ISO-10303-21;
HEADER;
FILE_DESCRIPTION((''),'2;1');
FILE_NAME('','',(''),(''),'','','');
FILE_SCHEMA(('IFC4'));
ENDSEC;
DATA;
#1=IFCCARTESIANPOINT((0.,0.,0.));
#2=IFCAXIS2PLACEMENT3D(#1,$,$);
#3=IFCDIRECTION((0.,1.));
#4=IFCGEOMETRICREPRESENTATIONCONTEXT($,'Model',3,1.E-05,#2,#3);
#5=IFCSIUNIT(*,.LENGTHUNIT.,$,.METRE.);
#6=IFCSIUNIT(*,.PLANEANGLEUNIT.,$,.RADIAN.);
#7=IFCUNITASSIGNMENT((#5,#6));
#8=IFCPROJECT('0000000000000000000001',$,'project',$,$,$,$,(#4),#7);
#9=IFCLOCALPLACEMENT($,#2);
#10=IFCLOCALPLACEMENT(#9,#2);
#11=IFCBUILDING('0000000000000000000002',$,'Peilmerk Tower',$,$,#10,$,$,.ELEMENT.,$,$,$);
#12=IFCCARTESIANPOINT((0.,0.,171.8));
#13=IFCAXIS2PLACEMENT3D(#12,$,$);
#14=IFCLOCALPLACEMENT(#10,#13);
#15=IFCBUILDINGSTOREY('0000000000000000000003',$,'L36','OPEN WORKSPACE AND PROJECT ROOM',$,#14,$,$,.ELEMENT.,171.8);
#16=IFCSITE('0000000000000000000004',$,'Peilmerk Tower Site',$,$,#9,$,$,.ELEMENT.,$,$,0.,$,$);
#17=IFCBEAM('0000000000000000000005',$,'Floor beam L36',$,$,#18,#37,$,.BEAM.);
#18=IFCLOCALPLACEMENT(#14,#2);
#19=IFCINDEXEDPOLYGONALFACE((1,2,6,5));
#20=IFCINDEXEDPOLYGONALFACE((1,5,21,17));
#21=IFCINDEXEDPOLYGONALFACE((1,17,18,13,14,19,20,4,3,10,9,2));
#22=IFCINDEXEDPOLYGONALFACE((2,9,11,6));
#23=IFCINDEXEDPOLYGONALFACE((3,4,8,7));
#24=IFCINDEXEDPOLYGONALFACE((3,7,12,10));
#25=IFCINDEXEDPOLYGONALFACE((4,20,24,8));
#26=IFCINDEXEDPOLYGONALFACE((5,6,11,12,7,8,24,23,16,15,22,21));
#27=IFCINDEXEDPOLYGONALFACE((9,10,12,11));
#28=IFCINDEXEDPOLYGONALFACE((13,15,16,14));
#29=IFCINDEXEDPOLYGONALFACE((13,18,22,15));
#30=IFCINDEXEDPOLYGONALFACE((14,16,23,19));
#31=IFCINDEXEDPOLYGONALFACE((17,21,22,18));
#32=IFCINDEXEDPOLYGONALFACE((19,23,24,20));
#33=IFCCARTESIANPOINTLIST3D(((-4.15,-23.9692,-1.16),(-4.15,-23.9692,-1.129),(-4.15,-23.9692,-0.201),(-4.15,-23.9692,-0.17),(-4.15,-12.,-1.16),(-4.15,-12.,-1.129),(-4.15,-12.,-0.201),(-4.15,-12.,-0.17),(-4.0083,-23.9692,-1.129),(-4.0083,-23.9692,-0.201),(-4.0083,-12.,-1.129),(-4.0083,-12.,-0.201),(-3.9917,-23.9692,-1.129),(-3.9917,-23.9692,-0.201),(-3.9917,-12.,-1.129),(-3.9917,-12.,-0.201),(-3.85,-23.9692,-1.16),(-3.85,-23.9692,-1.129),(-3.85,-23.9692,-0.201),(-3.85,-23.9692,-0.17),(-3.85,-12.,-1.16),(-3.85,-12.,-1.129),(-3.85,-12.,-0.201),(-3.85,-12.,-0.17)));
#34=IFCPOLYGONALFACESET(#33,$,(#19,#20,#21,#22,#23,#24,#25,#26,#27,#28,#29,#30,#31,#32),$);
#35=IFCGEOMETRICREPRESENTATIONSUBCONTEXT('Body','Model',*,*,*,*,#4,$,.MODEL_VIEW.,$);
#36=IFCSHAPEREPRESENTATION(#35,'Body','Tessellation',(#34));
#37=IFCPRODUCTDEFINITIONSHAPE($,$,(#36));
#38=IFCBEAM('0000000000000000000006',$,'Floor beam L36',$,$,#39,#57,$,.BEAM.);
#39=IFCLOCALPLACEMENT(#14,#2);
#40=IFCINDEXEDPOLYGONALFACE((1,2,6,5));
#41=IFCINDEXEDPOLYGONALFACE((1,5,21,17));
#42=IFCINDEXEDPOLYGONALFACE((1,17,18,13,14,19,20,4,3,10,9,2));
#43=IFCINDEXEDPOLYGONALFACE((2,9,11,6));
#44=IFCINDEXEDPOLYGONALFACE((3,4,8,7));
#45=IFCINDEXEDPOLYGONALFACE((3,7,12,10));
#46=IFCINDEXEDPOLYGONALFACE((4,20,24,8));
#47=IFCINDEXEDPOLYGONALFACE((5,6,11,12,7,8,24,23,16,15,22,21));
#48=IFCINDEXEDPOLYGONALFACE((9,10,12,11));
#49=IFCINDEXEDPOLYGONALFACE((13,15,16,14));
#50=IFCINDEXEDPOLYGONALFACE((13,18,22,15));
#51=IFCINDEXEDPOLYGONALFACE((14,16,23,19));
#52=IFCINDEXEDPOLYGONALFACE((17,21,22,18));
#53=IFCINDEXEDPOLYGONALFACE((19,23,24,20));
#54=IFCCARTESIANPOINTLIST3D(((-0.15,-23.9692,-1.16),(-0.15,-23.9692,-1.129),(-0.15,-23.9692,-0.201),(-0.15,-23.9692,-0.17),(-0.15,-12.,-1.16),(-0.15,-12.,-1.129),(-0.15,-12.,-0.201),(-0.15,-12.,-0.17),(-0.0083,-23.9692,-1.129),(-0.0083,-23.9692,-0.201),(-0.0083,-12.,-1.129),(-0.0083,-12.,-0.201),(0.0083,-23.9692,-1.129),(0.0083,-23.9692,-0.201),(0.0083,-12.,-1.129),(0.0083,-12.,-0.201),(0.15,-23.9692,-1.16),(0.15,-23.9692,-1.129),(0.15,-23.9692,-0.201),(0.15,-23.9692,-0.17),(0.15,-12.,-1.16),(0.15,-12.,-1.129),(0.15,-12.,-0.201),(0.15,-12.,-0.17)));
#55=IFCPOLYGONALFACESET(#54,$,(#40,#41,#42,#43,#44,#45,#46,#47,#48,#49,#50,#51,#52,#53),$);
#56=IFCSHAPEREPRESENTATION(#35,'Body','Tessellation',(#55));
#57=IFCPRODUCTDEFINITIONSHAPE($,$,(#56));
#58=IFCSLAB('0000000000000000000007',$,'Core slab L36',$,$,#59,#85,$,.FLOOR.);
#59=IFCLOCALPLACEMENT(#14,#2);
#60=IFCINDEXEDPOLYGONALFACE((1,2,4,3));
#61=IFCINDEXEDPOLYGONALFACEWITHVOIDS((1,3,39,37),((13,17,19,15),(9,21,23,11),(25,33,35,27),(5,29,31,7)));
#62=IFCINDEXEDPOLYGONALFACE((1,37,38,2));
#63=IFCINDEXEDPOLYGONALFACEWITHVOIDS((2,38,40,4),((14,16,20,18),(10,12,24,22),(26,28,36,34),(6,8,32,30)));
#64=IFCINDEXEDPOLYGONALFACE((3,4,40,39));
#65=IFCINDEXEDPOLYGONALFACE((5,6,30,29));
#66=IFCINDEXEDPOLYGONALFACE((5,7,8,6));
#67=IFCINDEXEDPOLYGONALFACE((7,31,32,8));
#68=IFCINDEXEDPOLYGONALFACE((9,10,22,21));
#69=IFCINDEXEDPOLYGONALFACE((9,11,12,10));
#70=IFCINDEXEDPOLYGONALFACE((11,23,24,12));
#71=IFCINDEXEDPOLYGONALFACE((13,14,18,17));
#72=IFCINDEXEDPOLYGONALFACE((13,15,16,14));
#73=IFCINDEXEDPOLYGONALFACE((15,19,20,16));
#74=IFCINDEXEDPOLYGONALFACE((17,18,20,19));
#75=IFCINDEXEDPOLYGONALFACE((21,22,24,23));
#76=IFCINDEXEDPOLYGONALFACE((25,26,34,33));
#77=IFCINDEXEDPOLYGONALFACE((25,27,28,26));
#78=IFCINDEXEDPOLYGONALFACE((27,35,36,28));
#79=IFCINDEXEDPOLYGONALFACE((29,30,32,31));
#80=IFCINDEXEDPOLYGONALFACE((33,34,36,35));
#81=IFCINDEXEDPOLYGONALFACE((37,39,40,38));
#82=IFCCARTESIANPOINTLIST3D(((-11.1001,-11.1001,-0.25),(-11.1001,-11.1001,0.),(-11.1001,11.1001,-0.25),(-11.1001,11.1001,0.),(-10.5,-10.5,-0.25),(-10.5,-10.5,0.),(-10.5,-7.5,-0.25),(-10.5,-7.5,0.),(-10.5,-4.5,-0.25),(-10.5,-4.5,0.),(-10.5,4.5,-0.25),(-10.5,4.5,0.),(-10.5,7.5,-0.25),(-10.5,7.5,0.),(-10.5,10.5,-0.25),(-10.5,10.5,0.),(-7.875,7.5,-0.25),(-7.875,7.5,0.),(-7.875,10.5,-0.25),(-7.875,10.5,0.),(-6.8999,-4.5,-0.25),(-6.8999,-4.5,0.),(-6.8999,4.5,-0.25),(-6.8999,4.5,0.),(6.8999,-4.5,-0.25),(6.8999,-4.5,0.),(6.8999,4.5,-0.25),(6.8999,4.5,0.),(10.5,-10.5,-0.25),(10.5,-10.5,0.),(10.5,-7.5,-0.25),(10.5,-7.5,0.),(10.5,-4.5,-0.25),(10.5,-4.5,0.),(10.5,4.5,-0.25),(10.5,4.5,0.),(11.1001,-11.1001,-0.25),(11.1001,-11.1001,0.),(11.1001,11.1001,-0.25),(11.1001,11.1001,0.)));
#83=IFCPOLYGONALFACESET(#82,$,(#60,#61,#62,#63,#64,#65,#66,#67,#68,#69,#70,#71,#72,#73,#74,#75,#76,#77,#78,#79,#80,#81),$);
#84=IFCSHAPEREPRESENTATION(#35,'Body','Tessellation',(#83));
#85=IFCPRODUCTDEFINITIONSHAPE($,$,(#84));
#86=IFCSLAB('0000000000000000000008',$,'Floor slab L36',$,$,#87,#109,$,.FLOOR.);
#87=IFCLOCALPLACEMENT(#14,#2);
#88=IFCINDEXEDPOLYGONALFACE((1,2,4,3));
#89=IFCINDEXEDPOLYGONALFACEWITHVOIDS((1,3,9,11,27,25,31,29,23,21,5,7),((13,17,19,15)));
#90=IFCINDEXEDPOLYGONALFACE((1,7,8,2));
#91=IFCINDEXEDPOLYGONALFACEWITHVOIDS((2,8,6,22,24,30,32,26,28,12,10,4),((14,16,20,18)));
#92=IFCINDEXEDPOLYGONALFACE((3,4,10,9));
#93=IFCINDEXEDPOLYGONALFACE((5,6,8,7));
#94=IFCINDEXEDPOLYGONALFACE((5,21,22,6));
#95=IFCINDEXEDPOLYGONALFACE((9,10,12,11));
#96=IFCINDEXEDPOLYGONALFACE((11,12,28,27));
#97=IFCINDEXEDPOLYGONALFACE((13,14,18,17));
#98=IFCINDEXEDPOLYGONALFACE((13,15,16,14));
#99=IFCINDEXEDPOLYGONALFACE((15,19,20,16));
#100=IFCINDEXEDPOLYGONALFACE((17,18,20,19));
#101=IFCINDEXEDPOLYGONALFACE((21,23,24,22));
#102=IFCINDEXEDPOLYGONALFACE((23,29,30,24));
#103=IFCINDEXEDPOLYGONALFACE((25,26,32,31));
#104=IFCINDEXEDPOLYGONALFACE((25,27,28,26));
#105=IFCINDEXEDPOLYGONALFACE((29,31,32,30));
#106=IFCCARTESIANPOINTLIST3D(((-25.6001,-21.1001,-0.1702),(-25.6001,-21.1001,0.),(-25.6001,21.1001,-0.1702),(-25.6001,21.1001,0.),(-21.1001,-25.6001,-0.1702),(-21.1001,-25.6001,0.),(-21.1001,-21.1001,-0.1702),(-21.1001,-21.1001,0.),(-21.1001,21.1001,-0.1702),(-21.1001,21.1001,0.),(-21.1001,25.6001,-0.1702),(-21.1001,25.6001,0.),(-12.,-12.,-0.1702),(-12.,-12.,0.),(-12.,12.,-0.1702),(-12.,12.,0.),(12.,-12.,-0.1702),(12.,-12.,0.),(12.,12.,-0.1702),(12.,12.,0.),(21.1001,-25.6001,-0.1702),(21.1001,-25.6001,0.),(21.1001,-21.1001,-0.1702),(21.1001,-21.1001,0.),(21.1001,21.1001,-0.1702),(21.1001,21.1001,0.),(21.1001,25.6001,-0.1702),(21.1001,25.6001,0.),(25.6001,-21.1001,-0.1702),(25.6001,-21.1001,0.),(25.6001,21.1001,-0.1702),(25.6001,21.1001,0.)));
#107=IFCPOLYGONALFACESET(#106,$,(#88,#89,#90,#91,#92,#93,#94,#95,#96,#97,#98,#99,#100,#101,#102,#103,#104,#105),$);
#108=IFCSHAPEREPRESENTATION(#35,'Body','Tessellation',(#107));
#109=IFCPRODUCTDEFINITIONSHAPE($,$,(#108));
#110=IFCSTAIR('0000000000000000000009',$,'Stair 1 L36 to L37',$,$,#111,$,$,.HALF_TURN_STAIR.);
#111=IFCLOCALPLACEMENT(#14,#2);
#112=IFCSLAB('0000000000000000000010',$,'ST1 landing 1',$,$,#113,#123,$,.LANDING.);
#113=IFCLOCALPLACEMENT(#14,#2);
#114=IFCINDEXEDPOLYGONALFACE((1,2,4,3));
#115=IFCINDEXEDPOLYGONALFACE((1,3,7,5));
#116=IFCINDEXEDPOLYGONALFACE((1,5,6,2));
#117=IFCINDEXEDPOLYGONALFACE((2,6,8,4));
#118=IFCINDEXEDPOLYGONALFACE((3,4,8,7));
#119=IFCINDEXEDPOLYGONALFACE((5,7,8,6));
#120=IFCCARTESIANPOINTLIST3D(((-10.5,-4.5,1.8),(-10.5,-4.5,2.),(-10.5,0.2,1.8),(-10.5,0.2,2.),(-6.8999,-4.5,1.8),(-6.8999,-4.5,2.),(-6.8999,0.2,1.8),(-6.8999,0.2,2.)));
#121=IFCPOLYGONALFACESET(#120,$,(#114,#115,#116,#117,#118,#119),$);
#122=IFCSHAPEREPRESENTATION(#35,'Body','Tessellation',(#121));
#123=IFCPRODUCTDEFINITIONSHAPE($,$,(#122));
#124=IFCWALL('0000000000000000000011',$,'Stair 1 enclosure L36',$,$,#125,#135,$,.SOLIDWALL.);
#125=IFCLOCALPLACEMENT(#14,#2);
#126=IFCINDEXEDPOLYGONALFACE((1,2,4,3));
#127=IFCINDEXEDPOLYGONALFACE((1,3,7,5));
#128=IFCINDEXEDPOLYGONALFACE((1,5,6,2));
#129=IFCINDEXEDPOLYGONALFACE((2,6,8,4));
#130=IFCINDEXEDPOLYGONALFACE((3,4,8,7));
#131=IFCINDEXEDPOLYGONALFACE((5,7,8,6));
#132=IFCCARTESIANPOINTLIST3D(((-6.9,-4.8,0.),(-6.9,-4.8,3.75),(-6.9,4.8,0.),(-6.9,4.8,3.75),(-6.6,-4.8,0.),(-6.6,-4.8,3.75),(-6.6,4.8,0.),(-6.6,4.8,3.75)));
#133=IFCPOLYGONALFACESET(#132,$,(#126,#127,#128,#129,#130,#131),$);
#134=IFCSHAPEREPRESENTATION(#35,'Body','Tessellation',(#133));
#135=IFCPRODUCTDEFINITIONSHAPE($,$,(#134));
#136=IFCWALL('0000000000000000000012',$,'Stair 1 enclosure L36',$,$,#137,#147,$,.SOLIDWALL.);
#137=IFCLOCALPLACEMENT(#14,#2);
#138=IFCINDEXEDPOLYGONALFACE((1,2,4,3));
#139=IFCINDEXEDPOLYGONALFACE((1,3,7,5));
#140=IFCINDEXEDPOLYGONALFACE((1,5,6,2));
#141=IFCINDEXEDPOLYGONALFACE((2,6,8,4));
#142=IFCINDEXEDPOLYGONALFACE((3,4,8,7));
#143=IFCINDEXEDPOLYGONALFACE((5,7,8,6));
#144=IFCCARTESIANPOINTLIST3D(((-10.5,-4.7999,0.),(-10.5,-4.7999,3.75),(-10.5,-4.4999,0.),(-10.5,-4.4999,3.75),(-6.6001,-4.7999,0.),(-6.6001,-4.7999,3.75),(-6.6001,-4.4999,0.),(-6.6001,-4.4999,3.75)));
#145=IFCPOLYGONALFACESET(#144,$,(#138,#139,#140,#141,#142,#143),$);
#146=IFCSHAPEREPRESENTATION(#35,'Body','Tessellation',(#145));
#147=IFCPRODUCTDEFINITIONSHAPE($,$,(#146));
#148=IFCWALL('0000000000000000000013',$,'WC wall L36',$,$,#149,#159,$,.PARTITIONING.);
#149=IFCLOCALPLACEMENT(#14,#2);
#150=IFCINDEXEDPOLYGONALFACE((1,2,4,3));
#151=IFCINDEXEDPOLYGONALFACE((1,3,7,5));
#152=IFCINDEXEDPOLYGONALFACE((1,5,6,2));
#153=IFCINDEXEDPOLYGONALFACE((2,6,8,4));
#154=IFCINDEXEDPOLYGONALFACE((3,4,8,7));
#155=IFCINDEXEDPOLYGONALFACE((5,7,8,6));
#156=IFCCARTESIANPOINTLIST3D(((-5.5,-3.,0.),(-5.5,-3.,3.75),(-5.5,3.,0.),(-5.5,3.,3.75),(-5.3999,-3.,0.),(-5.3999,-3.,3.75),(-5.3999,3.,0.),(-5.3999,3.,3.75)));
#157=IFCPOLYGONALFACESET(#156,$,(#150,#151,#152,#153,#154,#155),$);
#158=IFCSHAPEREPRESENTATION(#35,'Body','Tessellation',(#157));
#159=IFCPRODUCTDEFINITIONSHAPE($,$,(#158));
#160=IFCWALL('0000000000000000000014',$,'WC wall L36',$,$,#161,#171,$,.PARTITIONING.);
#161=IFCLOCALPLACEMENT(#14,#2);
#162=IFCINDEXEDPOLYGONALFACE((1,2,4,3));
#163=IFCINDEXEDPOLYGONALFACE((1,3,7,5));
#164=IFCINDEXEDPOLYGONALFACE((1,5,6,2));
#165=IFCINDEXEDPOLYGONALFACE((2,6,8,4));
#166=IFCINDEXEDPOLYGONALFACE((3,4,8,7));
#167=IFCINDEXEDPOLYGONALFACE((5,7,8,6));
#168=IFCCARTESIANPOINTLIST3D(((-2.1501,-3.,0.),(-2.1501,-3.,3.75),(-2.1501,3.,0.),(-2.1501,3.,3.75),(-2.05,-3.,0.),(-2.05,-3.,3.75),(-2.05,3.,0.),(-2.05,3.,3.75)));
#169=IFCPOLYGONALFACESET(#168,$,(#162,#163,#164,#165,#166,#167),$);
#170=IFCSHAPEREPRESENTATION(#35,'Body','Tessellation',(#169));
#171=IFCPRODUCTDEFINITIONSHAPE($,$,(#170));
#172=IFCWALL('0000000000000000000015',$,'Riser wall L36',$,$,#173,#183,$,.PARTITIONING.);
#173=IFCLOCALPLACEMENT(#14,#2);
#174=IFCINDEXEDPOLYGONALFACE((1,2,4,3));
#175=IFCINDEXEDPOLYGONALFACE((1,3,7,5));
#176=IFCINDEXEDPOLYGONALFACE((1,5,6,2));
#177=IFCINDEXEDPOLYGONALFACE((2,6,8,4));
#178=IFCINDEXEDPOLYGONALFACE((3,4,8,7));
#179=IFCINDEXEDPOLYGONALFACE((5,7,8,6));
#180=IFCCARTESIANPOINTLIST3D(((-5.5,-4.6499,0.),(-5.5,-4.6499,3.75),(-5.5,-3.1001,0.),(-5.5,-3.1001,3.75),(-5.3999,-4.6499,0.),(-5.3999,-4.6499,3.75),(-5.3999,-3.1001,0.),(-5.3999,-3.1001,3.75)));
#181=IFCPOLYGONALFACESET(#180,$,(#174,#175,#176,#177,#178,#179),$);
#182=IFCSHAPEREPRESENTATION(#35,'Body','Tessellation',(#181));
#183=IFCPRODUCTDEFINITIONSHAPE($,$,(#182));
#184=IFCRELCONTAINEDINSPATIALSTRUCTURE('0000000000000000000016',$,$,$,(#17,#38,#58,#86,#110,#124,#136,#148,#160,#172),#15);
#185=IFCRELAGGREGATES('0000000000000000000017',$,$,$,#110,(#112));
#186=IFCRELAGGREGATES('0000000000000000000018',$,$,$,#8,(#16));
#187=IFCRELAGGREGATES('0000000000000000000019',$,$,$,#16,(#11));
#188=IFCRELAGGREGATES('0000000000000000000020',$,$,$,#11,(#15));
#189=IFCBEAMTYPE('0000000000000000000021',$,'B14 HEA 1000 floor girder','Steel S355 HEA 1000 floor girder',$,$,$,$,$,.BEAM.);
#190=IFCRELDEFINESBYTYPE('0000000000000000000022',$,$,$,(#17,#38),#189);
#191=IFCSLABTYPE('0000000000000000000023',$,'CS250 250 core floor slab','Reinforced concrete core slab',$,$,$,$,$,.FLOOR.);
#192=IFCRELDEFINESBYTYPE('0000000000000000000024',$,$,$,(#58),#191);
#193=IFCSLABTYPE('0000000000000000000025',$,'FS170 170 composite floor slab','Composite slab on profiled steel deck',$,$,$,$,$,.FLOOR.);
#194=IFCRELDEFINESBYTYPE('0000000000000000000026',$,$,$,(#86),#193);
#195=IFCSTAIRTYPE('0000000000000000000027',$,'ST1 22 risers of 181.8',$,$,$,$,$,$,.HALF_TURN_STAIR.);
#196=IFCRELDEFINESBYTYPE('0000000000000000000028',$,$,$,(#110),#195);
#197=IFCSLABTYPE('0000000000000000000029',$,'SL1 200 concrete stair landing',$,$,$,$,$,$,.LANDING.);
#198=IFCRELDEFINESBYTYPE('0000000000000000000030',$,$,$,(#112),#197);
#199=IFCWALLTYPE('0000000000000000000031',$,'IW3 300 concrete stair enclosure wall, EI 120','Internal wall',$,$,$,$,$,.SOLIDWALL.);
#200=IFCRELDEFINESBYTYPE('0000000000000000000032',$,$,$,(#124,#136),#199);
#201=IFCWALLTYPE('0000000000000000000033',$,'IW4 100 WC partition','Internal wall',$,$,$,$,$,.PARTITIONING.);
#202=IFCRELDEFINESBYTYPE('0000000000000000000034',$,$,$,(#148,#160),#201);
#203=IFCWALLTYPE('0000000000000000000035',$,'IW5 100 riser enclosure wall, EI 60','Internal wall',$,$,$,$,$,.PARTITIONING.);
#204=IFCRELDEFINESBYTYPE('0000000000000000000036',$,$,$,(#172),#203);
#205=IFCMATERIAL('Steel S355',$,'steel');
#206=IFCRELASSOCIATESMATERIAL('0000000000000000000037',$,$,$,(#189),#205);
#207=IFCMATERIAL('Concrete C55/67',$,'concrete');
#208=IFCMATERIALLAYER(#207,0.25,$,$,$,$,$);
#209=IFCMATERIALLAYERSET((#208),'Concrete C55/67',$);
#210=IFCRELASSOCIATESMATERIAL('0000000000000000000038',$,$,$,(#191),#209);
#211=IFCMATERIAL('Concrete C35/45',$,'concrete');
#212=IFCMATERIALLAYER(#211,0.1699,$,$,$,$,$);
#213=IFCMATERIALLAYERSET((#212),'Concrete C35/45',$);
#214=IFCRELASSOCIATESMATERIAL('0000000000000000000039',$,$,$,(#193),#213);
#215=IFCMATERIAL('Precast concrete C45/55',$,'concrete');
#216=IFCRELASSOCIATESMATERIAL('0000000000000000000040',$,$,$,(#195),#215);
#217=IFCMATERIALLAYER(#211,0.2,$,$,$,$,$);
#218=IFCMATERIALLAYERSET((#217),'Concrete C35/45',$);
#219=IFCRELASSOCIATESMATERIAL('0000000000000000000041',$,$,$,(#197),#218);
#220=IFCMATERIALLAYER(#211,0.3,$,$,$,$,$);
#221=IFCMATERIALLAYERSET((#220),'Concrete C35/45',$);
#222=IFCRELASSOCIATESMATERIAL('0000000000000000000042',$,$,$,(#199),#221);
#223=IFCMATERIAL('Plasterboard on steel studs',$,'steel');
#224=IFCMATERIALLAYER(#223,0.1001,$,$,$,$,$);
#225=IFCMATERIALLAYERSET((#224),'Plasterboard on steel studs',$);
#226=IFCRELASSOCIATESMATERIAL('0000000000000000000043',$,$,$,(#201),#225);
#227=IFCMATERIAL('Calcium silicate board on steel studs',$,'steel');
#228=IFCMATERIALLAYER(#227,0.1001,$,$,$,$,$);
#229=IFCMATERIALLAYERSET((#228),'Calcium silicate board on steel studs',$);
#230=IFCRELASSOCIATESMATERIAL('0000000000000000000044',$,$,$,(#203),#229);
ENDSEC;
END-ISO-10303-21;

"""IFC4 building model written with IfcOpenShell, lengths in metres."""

from ifc_helpers import new_model, si_unit, direction, frame, frame_2d, origin, origin_2d, place, context, subcontext, project, spatial, polyline, rectangle, i_section, outline, extrude, material, layer, layer_set, material_profile, profile_set, type_object, element, aggregate, save


model = new_model("IFC4")

# Units and contexts
model_context = context("Model", 3, precision=1e-05, world=origin(), true_north=direction((0.0, 1.0)))
body_context = subcontext(model_context, "Body", "Model", "MODEL_VIEW")
ifc_project = project(units=[si_unit("LENGTHUNIT", "METRE"), si_unit("PLANEANGLEUNIT", "RADIAN")], contexts=[model_context])

# Site, building, storey
site_placement = place(None, origin())
site = spatial("IfcSite", under=ifc_project, at=site_placement, Name="Peilmerk Tower Site", CompositionType="ELEMENT", RefElevation=0.0)
building_placement = place(site_placement, origin())
building = spatial("IfcBuilding", under=site, at=building_placement, Name="Peilmerk Tower", CompositionType="ELEMENT")
storey_placement = place(building_placement, frame((0.0, 0.0, 171.8)))
storey = spatial("IfcBuildingStorey", under=building, at=storey_placement, Name="L36", Description="OPEN WORKSPACE AND PROJECT ROOM", CompositionType="ELEMENT", Elevation=171.8)

# Beams
ifc_material_1 = material(Name="Steel S355", Category="steel")
ifc_material_profile = material_profile(ifc_material_1, i_section(OverallWidth=0.3, OverallDepth=0.99, WebThickness=0.0166, FlangeThickness=0.031, at=origin_2d()), Name="HEA 1000")
ifc_profile_set = profile_set([ifc_material_profile], Name="Steel S355")
beam_type = type_object("IfcBeamType", Name="B14 HEA 1000 floor girder", Description="Steel S355 HEA 1000 floor girder", PredefinedType="BEAM", material=ifc_profile_set)
for number, where, z_axis, x_axis, name in (
    (1, (-4.0, -12.0, -0.665), (0.0, -1.0, 0.0), (1.0, 0.0, 0.0), "Floor beam L36"),
    (2, (0.0, -12.0, -0.665), (0.0, -1.0, 0.0), (1.0, 0.0, 0.0), "Floor beam L36"),
):
    element("IfcBeam", number, at=place(storey_placement, frame(where, z_axis=z_axis, x_axis=x_axis)), inside=storey, type_object=beam_type, Name=name, PredefinedType="BEAM", context=body_context, shape_type="SweptSolid", body=[
        extrude(i_section(OverallWidth=0.3, OverallDepth=0.99, WebThickness=0.0166, FlangeThickness=0.031, at=origin_2d()), origin(), (0.0, 0.0, 1.0), 11.9692),
    ])

# Slabs
ifc_material_2 = material(Name="Concrete C55/67", Category="concrete")
ifc_layer_1 = layer(ifc_material_2, 0.25)
ifc_layer_set_1 = layer_set([ifc_layer_1], Name="Concrete C55/67")
slab_type_1 = type_object("IfcSlabType", Name="CS250 250 core floor slab", Description="Reinforced concrete core slab", PredefinedType="FLOOR", material=ifc_layer_set_1)
slab_1_placement = place(storey_placement, frame((0.0, 0.0, -0.25)))
element("IfcSlab", 3, at=slab_1_placement, inside=storey, type_object=slab_type_1, Name="Core slab L36", PredefinedType="FLOOR", context=body_context, shape_type="SweptSolid", body=[
    extrude(outline(polyline([(11.1001, 11.1001), (-11.1001, 11.1001), (-11.1001, -11.1001), (11.1001, -11.1001), (11.1001, 11.1001)]), holes=[polyline([(-10.5, 7.5), (-10.5, 10.5), (-7.875, 10.5), (-7.875, 7.5), (-10.5, 7.5)]), polyline([(-10.5, -10.5), (-10.5, -7.5), (10.5, -7.5), (10.5, -10.5), (-10.5, -10.5)]), polyline([(-10.5, 4.5), (-6.8999, 4.5), (-6.8999, -4.5), (-10.5, -4.5), (-10.5, 4.5)]), polyline([(10.5, 4.5), (10.5, -4.5), (6.8999, -4.5), (6.8999, 4.5), (10.5, 4.5)])]), origin(), (0.0, 0.0, 1.0), 0.25),
])
ifc_material_3 = material(Name="Concrete C35/45", Category="concrete")
ifc_layer_2 = layer(ifc_material_3, 0.1699)
ifc_layer_set_2 = layer_set([ifc_layer_2], Name="Concrete C35/45")
slab_type_2 = type_object("IfcSlabType", Name="FS170 170 composite floor slab", Description="Composite slab on profiled steel deck", PredefinedType="FLOOR", material=ifc_layer_set_2)
slab_2_placement = place(storey_placement, frame((0.0, 0.0, -0.1702)))
element("IfcSlab", 4, at=slab_2_placement, inside=storey, type_object=slab_type_2, Name="Floor slab L36", PredefinedType="FLOOR", context=body_context, shape_type="SweptSolid", body=[
    extrude(outline(polyline([(-21.1001, -25.6001), (21.1001, -25.6001), (21.1001, -21.1001), (25.6001, -21.1001), (25.6001, 21.1001), (21.1001, 21.1001), (21.1001, 25.6001), (-21.1001, 25.6001), (-21.1001, 21.1001), (-25.6001, 21.1001), (-25.6001, -21.1001), (-21.1001, -21.1001), (-21.1001, -25.6001)]), holes=[polyline([(12.0, 12.0), (12.0, -12.0), (-12.0, -12.0), (-12.0, 12.0), (12.0, 12.0)])]), origin(), (0.0, 0.0, 1.0), 0.1702),
])

# Stair, slab
ifc_material_4 = material(Name="Precast concrete C45/55", Category="concrete")
stair_type = type_object("IfcStairType", Name="ST1 22 risers of 181.8", PredefinedType="HALF_TURN_STAIR", material=ifc_material_4)
stair_placement = place(storey_placement, origin())
stair = element("IfcStair", 5, at=stair_placement, inside=storey, type_object=stair_type, Name="Stair 1 L36 to L37", PredefinedType="HALF_TURN_STAIR")
ifc_layer_3 = layer(ifc_material_3, 0.2)
ifc_layer_set_3 = layer_set([ifc_layer_3], Name="Concrete C35/45")
slab_type_3 = type_object("IfcSlabType", Name="SL1 200 concrete stair landing", PredefinedType="LANDING", material=ifc_layer_set_3)
slab_3_placement = place(storey_placement, frame((0.0, 0.0, 1.8)))
slab_3 = element("IfcSlab", 6, at=slab_3_placement, type_object=slab_type_3, Name="ST1 landing 1", PredefinedType="LANDING", context=body_context, shape_type="SweptSolid", body=[
    extrude(outline(polyline([(-10.5, -4.5), (-6.8999, -4.5), (-6.8999, 0.2), (-10.5, 0.2), (-10.5, -4.5)])), origin(), (0.0, 0.0, 1.0), 0.2),
])
aggregate(stair, [slab_3])

# Walls
ifc_layer_4 = layer(ifc_material_3, 0.3)
ifc_layer_set_4 = layer_set([ifc_layer_4], Name="Concrete C35/45")
wall_type_1 = type_object("IfcWallType", Name="IW3 300 concrete stair enclosure wall, EI 120", Description="Internal wall", PredefinedType="SOLIDWALL", material=ifc_layer_set_4)
wall_1_placement = place(storey_placement, frame((-6.75, -4.8, 0.0), z_axis=(0.0, 0.0, 1.0), x_axis=(0.0, 1.0, 0.0)))
element("IfcWall", 7, at=wall_1_placement, inside=storey, type_object=wall_type_1, Name="Stair 1 enclosure L36", PredefinedType="SOLIDWALL", context=body_context, shape_type="SweptSolid", body=[
    extrude(rectangle(XDim=9.6001, YDim=0.3, at=frame_2d((4.8, 0.0))), origin(), (0.0, 0.0, 1.0), 3.75),
])
wall_2_placement = place(storey_placement, frame((-6.6001, -4.6499, 0.0), z_axis=(0.0, 0.0, 1.0), x_axis=(-1.0, 0.0, 0.0)))
element("IfcWall", 8, at=wall_2_placement, inside=storey, type_object=wall_type_1, Name="Stair 1 enclosure L36", PredefinedType="SOLIDWALL", context=body_context, shape_type="SweptSolid", body=[
    extrude(rectangle(XDim=3.8999, YDim=0.3, at=frame_2d((1.95, 0.0))), origin(), (0.0, 0.0, 1.0), 3.75),
])
ifc_material_5 = material(Name="Plasterboard on steel studs", Category="steel")
ifc_layer_5 = layer(ifc_material_5, 0.1001)
ifc_layer_set_5 = layer_set([ifc_layer_5], Name="Plasterboard on steel studs")
wall_type_2 = type_object("IfcWallType", Name="IW4 100 WC partition", Description="Internal wall", PredefinedType="PARTITIONING", material=ifc_layer_set_5)
for number, where, z_axis, x_axis, name in (
    (9, (-5.45, -3.0, 0.0), (0.0, 0.0, 1.0), (0.0, 1.0, 0.0), "WC wall L36"),
    (10, (-2.1001, -3.0, 0.0), (0.0, 0.0, 1.0), (0.0, 1.0, 0.0), "WC wall L36"),
):
    element("IfcWall", number, at=place(storey_placement, frame(where, z_axis=z_axis, x_axis=x_axis)), inside=storey, type_object=wall_type_2, Name=name, PredefinedType="PARTITIONING", context=body_context, shape_type="SweptSolid", body=[
        extrude(rectangle(XDim=6.0, YDim=0.1001, at=frame_2d((3.0, 0.0))), origin(), (0.0, 0.0, 1.0), 3.75),
    ])
ifc_material_6 = material(Name="Calcium silicate board on steel studs", Category="steel")
ifc_layer_6 = layer(ifc_material_6, 0.1001)
ifc_layer_set_6 = layer_set([ifc_layer_6], Name="Calcium silicate board on steel studs")
wall_type_3 = type_object("IfcWallType", Name="IW5 100 riser enclosure wall, EI 60", Description="Internal wall", PredefinedType="PARTITIONING", material=ifc_layer_set_6)
for number, where, z_axis, x_axis, name in (
    (11, (-5.45, -3.1001, 0.0), (0.0, 0.0, 1.0), (0.0, -1.0, 0.0), "Riser wall L36"),
):
    element("IfcWall", number, at=place(storey_placement, frame(where, z_axis=z_axis, x_axis=x_axis)), inside=storey, type_object=wall_type_3, Name=name, PredefinedType="PARTITIONING", context=body_context, shape_type="SweptSolid", body=[
        extrude(rectangle(XDim=1.5498, YDim=0.1001, at=frame_2d((0.7749, 0.0))), origin(), (0.0, 0.0, 1.0), 3.75),
    ])

save(model, "model.ifc")
